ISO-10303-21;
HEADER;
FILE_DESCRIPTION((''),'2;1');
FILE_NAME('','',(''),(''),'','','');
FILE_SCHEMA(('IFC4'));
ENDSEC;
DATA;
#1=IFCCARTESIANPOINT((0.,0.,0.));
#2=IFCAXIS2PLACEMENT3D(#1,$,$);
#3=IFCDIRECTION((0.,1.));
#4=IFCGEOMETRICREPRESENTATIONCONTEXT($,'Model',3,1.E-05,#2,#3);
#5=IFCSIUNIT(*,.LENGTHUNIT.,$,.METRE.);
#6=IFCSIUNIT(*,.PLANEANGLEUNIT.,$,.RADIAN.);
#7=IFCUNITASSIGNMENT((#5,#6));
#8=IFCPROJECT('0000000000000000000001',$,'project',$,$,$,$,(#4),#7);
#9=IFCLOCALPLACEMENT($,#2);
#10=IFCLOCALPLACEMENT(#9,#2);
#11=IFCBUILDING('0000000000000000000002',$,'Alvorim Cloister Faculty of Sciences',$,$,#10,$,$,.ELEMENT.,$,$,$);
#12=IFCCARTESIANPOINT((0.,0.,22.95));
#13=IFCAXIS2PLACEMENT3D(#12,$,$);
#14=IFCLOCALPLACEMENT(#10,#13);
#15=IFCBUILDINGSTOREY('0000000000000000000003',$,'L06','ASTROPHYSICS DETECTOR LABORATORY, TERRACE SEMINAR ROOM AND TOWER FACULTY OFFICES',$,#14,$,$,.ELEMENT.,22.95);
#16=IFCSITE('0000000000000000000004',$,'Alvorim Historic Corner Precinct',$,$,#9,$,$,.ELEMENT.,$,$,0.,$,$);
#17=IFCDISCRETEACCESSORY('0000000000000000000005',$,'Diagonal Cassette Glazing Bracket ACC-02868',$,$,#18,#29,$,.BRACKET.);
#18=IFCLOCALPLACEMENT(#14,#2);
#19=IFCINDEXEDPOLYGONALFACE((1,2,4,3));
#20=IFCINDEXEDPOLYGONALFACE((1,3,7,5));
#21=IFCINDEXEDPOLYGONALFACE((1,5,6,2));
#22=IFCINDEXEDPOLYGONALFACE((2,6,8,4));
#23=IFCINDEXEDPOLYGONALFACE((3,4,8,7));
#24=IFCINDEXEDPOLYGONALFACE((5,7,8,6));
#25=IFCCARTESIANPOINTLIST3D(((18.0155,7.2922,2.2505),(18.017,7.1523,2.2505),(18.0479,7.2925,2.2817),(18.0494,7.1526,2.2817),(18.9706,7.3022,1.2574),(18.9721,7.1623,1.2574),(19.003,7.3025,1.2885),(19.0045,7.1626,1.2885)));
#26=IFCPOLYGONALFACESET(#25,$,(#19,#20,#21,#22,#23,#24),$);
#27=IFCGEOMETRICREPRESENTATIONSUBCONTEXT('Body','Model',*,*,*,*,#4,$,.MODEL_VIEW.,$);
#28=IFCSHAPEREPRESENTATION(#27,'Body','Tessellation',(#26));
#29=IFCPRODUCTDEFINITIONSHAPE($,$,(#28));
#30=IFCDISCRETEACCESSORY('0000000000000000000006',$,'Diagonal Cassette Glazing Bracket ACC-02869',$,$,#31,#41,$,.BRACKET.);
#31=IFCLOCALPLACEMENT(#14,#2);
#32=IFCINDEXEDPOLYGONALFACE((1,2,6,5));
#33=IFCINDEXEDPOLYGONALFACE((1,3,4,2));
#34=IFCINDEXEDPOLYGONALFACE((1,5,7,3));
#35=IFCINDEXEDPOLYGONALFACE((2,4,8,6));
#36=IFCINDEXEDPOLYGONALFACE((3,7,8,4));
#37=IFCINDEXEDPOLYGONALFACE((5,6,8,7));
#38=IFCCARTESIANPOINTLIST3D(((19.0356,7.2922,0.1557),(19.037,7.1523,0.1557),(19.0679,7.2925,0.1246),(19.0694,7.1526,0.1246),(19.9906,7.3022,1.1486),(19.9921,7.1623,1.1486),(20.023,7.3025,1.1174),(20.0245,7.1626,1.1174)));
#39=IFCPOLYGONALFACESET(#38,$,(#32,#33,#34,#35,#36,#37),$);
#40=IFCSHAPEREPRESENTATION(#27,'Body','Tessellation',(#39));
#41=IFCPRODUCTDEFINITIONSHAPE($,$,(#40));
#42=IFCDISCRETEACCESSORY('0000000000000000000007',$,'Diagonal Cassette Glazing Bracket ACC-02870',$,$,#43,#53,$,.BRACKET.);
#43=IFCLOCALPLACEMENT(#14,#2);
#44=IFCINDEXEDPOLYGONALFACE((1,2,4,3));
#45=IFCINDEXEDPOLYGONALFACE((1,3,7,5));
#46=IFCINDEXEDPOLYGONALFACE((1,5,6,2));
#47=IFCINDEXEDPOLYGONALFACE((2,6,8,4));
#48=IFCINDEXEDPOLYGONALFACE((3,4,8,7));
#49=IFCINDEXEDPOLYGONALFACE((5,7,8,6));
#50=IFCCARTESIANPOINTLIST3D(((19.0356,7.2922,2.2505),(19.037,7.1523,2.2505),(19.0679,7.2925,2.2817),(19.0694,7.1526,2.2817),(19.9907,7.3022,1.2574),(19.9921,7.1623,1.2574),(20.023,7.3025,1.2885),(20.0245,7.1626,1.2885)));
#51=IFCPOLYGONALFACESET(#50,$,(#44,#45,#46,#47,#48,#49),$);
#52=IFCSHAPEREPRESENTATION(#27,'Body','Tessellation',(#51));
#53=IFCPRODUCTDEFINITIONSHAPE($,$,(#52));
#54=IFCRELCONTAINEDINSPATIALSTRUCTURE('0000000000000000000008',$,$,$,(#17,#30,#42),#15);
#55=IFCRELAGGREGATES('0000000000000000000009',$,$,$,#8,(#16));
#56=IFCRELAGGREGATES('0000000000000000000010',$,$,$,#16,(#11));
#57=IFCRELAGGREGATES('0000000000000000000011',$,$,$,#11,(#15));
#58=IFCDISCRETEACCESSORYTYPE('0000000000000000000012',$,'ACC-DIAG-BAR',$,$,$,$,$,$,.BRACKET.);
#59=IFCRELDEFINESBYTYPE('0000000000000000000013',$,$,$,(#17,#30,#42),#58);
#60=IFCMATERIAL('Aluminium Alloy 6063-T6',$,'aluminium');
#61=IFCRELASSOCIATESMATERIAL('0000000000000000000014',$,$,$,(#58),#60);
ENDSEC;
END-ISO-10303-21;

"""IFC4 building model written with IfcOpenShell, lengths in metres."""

from ifc_helpers import new_model, si_unit, direction, frame, origin, origin_2d, place, context, subcontext, project, spatial, rectangle, extrude, material, type_object, element, save


model = new_model("IFC4")

# Units and contexts
model_context = context("Model", 3, precision=1e-05, world=origin(), true_north=direction((0.0, 1.0)))
body_context = subcontext(model_context, "Body", "Model", "MODEL_VIEW")
ifc_project = project(units=[si_unit("LENGTHUNIT", "METRE"), si_unit("PLANEANGLEUNIT", "RADIAN")], contexts=[model_context])

# Site, building, storey
site_placement = place(None, origin())
site = spatial("IfcSite", under=ifc_project, at=site_placement, Name="Alvorim Historic Corner Precinct", CompositionType="ELEMENT", RefElevation=0.0)
building_placement = place(site_placement, origin())
building = spatial("IfcBuilding", under=site, at=building_placement, Name="Alvorim Cloister Faculty of Sciences", CompositionType="ELEMENT")
storey_placement = place(building_placement, frame((0.0, 0.0, 22.95)))
storey = spatial("IfcBuildingStorey", under=building, at=storey_placement, Name="L06", Description="ASTROPHYSICS DETECTOR LABORATORY, TERRACE SEMINAR ROOM AND TOWER FACULTY OFFICES", CompositionType="ELEMENT", Elevation=22.95)

# Shared definitions
ifc_material_1 = material(Name="Aluminium Alloy 6063-T6", Category="aluminium")

# Discrete accessories
discrete_accessory_type = type_object("IfcDiscreteAccessoryType", Name="ACC-DIAG-BAR", PredefinedType="BRACKET", material=ifc_material_1)
discrete_accessory_1_placement = place(storey_placement, frame((18.0325, 7.2224, 2.2661), z_axis=(0.693133, 0.007264, -0.720773), x_axis=(-0.01048, 0.999945, 0.0)))
element("IfcDiscreteAccessory", 1, at=discrete_accessory_1_placement, inside=storey, type_object=discrete_accessory_type, Name="Diagonal Cassette Glazing Bracket ACC-02868", PredefinedType="BRACKET", context=body_context, shape_type="SweptSolid", body=[
    extrude(rectangle(XDim=0.1399, YDim=0.0449, at=origin_2d()), origin(), (0.0, 0.0, 1.0), 1.3779),
])
discrete_accessory_2_placement = place(storey_placement, frame((19.0525, 7.2224, 0.1401), z_axis=(0.693221, 0.007265, 0.720688), x_axis=(-0.01048, 0.999945, 0.0)))
element("IfcDiscreteAccessory", 2, at=discrete_accessory_2_placement, inside=storey, type_object=discrete_accessory_type, Name="Diagonal Cassette Glazing Bracket ACC-02869", PredefinedType="BRACKET", context=body_context, shape_type="SweptSolid", body=[
    extrude(rectangle(XDim=0.1399, YDim=0.0449, at=origin_2d()), origin(), (0.0, 0.0, 1.0), 1.3777),
])
discrete_accessory_3_placement = place(storey_placement, frame((19.0525, 7.2224, 2.2661), z_axis=(0.693133, 0.007264, -0.720773), x_axis=(-0.01048, 0.999945, 0.0)))
element("IfcDiscreteAccessory", 3, at=discrete_accessory_3_placement, inside=storey, type_object=discrete_accessory_type, Name="Diagonal Cassette Glazing Bracket ACC-02870", PredefinedType="BRACKET", context=body_context, shape_type="SweptSolid", body=[
    extrude(rectangle(XDim=0.1399, YDim=0.0449, at=origin_2d()), origin(), (0.0, 0.0, 1.0), 1.3779),
])

save(model, "model.ifc")
